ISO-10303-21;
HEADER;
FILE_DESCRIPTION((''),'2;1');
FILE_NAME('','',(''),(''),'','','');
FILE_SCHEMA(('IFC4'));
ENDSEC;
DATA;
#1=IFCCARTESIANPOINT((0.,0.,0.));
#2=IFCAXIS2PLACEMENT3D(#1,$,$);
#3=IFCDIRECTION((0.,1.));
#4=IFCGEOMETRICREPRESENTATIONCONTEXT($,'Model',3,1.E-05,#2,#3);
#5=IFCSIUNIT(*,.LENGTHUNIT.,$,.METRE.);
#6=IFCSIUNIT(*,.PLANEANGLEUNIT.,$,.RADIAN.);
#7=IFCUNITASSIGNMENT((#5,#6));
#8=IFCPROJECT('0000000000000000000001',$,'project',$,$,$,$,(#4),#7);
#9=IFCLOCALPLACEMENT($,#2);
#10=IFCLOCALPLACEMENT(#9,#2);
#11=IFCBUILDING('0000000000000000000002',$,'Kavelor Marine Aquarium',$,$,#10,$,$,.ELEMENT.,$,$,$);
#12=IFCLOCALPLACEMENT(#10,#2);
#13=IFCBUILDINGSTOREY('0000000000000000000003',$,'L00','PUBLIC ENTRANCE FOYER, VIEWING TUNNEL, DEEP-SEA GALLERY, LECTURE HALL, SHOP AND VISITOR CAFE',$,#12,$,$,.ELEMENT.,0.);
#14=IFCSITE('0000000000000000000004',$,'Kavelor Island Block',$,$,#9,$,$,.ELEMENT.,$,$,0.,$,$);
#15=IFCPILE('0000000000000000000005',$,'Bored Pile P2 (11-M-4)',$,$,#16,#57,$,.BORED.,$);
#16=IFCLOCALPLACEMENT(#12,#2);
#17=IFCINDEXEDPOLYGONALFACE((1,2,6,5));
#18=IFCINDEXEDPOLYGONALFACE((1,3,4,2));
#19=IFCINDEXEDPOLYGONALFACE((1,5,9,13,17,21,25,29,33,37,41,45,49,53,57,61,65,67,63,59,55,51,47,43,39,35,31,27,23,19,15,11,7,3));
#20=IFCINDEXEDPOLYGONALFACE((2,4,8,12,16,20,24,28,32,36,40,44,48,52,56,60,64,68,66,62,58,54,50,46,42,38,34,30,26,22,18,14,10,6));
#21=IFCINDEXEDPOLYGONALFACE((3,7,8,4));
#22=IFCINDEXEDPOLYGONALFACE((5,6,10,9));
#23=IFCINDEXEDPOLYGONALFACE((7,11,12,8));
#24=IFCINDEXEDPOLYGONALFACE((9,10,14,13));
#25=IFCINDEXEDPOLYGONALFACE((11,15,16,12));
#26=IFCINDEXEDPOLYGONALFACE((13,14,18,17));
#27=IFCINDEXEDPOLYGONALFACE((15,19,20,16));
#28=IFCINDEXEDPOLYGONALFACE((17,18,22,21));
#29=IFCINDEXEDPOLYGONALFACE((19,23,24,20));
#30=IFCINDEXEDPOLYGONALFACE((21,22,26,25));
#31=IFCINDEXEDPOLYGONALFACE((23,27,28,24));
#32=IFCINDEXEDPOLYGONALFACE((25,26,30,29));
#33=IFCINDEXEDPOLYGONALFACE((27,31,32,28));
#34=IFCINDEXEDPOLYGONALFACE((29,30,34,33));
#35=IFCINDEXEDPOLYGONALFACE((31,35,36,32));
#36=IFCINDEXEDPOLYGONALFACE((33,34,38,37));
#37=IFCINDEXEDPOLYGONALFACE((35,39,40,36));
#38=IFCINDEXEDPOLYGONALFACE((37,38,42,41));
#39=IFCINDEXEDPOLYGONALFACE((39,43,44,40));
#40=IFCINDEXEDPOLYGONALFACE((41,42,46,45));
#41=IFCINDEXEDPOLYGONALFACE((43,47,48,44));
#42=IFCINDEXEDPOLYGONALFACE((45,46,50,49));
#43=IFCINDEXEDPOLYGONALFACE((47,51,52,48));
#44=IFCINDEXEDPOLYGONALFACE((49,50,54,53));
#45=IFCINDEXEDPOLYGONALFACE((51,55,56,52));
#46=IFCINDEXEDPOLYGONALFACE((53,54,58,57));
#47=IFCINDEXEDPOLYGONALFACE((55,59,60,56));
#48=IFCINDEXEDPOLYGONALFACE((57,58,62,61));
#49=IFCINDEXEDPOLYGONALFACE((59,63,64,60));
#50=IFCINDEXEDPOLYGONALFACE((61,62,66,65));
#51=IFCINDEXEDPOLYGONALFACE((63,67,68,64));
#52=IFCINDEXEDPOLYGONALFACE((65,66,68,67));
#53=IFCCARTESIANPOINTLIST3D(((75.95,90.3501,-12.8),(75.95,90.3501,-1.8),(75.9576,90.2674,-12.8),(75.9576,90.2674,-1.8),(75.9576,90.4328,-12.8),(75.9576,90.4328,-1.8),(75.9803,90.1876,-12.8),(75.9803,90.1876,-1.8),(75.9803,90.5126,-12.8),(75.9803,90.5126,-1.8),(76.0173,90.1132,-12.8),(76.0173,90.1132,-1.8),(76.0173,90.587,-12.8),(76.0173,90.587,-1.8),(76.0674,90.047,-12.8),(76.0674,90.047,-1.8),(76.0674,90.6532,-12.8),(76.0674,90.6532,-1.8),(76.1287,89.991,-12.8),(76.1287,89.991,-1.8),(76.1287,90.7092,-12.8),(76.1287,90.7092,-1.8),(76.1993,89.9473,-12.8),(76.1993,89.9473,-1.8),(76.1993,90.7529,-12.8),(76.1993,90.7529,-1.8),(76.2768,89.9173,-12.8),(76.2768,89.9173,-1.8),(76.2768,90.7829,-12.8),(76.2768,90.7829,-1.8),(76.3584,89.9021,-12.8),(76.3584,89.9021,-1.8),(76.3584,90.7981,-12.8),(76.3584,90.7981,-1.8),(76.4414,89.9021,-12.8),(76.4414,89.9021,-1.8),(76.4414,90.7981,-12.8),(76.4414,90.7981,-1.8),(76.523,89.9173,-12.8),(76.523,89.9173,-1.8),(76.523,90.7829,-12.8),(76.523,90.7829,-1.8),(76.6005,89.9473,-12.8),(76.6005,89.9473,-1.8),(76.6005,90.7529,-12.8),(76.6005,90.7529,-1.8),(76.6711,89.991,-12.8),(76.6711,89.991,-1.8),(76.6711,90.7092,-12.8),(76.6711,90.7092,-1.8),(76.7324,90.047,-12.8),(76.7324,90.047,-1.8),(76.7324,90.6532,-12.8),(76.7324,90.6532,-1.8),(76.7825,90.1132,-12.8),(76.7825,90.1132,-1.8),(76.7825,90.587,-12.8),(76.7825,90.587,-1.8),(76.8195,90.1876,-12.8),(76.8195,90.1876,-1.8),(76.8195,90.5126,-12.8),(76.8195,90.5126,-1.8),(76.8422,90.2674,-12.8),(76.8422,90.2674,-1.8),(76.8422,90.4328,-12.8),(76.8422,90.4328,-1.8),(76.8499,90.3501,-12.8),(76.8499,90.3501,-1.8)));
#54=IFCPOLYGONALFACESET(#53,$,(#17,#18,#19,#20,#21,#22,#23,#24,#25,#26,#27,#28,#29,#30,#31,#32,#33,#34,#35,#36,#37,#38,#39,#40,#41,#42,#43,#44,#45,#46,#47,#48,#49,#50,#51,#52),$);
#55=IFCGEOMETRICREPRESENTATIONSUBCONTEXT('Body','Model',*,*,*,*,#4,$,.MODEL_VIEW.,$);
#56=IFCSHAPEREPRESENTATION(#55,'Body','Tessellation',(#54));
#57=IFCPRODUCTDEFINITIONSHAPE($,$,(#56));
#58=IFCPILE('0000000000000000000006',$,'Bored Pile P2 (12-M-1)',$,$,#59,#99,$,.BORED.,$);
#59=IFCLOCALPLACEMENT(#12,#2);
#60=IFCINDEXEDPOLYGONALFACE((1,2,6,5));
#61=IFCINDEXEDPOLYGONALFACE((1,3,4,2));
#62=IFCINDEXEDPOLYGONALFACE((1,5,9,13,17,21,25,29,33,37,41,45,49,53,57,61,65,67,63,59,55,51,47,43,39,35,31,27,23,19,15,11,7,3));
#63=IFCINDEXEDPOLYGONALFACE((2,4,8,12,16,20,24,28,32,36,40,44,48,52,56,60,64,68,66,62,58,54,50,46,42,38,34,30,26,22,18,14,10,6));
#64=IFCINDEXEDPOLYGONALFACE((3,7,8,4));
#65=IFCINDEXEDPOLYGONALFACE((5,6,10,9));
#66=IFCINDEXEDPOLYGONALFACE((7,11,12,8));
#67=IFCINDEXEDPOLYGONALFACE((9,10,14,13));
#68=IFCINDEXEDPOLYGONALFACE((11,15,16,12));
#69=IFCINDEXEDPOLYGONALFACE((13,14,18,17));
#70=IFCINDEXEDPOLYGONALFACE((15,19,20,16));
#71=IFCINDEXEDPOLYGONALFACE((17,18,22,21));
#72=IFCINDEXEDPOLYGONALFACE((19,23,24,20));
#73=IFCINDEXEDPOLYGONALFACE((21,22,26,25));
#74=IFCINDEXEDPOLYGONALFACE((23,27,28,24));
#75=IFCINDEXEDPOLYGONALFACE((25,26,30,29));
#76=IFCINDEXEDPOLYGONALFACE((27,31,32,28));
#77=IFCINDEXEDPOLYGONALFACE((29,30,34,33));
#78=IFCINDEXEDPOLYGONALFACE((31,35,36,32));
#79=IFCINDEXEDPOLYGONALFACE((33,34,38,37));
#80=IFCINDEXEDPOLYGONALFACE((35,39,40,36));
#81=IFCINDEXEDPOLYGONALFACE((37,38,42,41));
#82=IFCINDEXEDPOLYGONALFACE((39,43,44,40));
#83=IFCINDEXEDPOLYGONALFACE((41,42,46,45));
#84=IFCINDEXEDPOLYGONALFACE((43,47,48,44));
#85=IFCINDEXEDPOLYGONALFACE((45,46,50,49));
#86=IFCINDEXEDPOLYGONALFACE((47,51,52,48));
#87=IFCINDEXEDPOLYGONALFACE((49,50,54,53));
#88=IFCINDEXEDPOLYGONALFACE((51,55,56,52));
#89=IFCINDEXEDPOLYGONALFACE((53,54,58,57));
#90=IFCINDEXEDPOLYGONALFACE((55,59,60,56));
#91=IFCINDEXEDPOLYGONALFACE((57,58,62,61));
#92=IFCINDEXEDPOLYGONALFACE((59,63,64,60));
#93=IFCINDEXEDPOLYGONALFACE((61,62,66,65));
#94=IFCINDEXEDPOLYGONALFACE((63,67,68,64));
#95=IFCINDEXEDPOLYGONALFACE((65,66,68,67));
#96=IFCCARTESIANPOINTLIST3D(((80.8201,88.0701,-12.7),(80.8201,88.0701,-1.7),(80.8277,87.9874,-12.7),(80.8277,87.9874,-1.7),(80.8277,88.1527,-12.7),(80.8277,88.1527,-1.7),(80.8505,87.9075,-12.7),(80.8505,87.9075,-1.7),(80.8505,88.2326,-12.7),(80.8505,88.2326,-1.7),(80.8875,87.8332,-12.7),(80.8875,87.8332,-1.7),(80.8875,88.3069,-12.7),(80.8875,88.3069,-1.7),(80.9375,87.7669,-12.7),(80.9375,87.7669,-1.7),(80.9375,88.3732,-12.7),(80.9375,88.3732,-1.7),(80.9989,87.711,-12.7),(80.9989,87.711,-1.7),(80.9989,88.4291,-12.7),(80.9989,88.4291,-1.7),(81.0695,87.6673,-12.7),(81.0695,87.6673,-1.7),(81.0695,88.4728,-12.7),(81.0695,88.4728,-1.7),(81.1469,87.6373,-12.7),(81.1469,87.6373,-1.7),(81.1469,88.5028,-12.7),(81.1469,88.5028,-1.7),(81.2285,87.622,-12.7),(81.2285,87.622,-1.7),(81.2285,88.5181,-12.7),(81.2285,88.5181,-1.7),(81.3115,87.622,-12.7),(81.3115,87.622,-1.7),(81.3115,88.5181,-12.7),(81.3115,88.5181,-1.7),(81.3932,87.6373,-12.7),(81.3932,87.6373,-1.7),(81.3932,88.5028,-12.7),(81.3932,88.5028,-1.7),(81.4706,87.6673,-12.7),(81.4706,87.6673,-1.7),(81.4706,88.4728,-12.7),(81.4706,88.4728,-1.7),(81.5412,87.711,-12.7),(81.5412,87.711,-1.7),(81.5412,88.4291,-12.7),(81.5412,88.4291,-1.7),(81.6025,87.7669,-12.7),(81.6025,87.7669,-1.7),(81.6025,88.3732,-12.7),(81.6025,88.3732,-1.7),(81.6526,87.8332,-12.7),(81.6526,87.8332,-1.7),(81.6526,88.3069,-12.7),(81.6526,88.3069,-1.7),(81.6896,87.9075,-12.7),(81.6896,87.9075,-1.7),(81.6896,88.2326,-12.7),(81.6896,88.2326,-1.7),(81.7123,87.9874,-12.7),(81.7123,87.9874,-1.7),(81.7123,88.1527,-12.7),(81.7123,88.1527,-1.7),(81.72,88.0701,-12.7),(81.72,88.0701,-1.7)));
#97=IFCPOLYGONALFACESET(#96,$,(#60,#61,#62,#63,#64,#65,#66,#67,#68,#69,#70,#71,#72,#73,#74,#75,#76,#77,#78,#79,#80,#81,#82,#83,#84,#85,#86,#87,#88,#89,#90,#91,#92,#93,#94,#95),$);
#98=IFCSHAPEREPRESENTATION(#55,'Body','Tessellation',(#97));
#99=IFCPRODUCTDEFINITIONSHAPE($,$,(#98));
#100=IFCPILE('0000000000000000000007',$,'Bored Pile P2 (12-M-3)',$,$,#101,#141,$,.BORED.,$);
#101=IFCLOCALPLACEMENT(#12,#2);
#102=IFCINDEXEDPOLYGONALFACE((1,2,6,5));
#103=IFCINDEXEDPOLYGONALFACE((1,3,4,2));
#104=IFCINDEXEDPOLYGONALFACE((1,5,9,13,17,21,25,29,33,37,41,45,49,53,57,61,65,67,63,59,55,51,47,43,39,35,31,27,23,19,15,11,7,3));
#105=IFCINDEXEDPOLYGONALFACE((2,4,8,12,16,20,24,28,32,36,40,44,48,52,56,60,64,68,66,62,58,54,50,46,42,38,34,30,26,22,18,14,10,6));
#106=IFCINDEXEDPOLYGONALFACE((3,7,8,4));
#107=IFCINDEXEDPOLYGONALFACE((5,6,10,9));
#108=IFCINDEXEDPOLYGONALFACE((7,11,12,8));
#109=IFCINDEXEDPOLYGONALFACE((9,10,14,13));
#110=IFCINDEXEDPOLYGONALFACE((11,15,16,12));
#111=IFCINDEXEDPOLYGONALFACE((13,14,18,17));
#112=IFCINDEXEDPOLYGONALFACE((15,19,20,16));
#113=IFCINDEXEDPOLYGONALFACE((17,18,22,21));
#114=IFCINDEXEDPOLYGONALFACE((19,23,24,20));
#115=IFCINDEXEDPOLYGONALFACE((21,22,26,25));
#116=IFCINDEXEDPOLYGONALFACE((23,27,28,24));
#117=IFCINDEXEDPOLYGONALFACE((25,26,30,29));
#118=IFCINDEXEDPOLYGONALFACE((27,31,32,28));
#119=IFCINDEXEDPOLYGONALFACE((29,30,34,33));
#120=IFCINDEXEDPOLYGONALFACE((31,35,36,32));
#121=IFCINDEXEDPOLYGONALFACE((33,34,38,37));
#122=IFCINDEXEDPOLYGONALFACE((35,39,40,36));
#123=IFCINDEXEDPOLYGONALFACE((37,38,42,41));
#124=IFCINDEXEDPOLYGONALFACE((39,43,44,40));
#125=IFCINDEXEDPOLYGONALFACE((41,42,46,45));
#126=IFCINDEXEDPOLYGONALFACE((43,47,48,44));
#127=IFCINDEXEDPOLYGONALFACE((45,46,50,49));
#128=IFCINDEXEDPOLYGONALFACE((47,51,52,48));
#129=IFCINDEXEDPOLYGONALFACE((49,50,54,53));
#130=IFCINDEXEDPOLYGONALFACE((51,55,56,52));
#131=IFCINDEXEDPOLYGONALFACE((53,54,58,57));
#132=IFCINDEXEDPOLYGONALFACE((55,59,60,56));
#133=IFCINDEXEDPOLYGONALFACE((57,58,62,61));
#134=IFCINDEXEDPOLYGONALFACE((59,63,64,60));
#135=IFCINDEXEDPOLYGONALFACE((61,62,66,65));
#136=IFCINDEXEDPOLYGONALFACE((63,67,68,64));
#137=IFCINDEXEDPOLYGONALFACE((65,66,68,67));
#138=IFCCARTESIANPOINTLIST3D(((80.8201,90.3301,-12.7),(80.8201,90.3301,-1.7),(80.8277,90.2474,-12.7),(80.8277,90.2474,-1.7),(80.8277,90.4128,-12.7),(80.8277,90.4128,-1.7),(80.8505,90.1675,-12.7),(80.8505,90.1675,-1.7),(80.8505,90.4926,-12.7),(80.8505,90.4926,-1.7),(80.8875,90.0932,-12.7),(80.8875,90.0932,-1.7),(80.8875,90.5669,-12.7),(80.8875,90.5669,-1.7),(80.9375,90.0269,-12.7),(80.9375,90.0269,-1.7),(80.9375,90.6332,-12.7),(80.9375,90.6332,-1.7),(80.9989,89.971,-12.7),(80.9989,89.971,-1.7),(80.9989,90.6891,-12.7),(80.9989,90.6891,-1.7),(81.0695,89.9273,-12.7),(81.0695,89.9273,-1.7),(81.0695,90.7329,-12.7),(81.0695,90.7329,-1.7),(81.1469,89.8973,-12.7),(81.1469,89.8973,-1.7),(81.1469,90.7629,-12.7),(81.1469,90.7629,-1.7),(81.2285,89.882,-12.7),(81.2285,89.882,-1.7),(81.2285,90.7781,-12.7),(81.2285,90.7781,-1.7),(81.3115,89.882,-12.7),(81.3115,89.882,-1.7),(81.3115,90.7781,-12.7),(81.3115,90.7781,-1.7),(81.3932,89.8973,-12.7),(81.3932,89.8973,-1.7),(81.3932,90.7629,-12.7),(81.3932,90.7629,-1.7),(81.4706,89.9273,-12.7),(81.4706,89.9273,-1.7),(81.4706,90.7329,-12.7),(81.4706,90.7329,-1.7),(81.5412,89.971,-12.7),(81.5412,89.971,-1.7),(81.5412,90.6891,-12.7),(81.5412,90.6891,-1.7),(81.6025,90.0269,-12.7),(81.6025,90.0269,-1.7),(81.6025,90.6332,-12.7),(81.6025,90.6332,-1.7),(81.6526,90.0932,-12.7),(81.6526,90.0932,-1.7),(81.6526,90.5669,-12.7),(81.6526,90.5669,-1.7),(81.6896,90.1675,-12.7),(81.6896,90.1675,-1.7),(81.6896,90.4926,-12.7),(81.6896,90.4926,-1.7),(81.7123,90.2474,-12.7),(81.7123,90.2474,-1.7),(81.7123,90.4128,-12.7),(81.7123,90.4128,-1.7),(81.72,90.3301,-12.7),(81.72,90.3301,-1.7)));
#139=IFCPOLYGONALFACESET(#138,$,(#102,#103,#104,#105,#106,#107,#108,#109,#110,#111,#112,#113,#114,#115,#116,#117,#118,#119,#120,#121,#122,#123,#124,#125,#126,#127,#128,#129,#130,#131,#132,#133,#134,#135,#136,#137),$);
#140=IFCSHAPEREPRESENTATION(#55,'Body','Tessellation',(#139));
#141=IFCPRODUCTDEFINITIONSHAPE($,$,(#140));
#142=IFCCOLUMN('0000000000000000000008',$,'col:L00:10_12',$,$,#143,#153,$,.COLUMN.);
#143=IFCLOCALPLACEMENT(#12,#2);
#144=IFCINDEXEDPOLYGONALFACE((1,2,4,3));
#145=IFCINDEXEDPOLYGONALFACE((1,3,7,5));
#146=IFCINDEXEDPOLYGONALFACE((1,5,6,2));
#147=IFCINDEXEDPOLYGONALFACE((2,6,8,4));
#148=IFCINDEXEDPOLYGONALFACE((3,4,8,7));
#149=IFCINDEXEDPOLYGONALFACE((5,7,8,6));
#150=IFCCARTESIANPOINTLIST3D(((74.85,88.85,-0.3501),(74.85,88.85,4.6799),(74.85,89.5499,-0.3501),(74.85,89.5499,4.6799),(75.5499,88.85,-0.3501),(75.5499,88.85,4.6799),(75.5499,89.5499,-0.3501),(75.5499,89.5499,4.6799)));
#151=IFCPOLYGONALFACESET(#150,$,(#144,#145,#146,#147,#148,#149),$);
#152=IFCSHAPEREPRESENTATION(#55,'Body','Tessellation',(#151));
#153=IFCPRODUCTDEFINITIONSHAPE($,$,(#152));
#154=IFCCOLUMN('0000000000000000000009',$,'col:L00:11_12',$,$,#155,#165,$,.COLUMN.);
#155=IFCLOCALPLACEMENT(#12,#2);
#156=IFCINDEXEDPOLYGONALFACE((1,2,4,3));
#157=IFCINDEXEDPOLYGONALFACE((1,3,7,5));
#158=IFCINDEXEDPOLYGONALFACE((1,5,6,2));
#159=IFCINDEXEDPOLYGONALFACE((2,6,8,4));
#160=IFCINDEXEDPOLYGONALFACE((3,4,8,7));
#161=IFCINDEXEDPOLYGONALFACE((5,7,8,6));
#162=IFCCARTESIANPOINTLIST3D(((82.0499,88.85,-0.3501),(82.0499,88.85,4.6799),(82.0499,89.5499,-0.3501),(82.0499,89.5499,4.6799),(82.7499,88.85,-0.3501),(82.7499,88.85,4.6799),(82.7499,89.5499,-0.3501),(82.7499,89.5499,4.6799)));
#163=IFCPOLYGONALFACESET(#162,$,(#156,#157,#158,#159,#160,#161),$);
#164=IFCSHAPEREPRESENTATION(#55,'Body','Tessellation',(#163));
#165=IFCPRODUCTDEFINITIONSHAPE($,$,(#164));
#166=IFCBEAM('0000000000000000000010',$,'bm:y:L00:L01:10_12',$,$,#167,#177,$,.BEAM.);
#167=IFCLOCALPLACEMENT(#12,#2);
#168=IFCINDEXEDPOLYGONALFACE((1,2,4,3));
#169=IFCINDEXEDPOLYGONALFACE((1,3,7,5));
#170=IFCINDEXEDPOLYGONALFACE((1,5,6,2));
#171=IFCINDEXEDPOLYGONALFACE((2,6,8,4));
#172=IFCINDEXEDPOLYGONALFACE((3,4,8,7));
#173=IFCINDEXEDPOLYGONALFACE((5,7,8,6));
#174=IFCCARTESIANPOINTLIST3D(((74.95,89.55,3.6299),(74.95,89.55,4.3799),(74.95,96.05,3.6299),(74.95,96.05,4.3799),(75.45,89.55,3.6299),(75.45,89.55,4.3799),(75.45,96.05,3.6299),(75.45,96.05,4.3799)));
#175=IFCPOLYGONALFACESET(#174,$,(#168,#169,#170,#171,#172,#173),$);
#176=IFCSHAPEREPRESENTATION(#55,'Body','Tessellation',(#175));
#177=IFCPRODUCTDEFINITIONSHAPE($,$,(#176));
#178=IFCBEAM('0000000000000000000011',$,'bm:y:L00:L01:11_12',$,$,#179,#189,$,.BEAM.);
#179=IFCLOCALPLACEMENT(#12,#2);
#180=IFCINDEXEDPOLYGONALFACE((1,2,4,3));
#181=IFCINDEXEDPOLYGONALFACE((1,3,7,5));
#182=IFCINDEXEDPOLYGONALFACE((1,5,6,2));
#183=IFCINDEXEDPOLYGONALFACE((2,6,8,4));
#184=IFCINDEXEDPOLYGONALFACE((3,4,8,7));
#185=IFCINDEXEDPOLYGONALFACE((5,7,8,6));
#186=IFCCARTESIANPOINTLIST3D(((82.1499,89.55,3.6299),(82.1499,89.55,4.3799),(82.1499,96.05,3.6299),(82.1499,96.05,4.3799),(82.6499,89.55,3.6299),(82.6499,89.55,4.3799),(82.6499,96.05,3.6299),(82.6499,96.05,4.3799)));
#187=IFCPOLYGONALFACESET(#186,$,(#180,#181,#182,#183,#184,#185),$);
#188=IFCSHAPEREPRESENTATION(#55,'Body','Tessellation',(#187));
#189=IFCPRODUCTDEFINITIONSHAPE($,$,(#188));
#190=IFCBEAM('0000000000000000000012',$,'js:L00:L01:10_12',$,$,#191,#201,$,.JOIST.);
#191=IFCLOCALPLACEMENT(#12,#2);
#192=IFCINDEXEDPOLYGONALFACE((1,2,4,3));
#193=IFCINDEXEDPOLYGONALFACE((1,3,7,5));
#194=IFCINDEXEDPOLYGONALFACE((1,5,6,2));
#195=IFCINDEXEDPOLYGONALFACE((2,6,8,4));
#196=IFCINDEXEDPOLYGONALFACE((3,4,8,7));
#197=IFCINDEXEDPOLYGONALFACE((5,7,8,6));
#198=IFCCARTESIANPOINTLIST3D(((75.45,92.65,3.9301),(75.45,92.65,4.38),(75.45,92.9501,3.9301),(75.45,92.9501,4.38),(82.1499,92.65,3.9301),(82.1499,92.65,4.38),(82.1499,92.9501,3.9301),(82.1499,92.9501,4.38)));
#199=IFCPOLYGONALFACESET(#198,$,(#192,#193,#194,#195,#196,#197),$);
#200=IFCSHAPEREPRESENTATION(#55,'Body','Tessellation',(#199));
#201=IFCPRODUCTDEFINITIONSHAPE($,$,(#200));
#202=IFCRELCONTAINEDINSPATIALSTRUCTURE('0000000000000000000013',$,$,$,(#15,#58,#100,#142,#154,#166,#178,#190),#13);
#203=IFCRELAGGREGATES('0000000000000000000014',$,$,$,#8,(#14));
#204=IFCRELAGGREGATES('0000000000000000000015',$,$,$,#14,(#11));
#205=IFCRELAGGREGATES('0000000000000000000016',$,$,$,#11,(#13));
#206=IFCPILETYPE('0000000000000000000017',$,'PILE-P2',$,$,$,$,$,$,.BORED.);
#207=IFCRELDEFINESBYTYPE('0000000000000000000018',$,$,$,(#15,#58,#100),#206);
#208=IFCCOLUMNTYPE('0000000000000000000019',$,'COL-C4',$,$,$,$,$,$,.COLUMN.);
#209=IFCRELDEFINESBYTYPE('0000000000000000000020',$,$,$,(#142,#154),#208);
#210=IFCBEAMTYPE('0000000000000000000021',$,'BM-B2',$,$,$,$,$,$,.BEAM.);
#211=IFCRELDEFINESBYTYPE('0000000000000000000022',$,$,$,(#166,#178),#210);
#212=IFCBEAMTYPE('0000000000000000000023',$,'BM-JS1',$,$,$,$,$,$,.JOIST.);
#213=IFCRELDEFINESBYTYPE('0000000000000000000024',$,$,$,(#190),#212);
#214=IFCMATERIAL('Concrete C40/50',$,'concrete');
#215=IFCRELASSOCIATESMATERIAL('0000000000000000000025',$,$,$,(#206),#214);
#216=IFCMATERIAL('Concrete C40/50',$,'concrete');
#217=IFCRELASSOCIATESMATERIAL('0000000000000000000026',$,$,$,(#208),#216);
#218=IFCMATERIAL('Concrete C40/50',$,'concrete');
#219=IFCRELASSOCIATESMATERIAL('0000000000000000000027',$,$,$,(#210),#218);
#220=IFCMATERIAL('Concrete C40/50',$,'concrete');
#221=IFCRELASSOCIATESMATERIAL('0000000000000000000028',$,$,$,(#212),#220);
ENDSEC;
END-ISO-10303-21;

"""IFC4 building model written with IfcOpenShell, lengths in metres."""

from ifc_helpers import new_model, si_unit, direction, frame, origin, origin_2d, place, context, subcontext, project, spatial, rectangle, circle, extrude, material, material_profile, profile_set, type_object, element, save


model = new_model("IFC4")

# Units and contexts
model_context = context("Model", 3, precision=1e-05, world=origin(), true_north=direction((0.0, 1.0)))
body_context = subcontext(model_context, "Body", "Model", "MODEL_VIEW")
ifc_project = project(units=[si_unit("LENGTHUNIT", "METRE"), si_unit("PLANEANGLEUNIT", "RADIAN")], contexts=[model_context])

# Site, building, storey
site_placement = place(None, origin())
site = spatial("IfcSite", under=ifc_project, at=site_placement, Name="Kavelor Island Block", CompositionType="ELEMENT", RefElevation=0.0)
building_placement = place(site_placement, origin())
building = spatial("IfcBuilding", under=site, at=building_placement, Name="Kavelor Marine Aquarium", CompositionType="ELEMENT")
storey_placement = place(building_placement, origin())
storey = spatial("IfcBuildingStorey", under=building, at=storey_placement, Name="L00", Description="PUBLIC ENTRANCE FOYER, VIEWING TUNNEL, DEEP-SEA GALLERY, LECTURE HALL, SHOP AND VISITOR CAFE", CompositionType="ELEMENT", Elevation=0.0)

# Piles
ifc_material_1 = material(Name="Concrete C40/50", Category="concrete")
ifc_material_profile_1 = material_profile(ifc_material_1, circle(Radius=0.45, at=origin_2d()), Name="PILE D900")
ifc_profile_set_1 = profile_set([ifc_material_profile_1], Name="Concrete C40/50")
pile_type = type_object("IfcPileType", Name="PILE-P2", PredefinedType="BORED", material=ifc_profile_set_1)
for number, where, z_axis, x_axis, name in (
    (1, (76.3999, 90.3501, -1.8), (0.0, 0.0, -1.0), (1.0, 0.0, 0.0), "Bored Pile P2 (11-M-4)"),
    (2, (81.27, 88.0701, -1.7), (0.0, 0.0, -1.0), (1.0, 0.0, 0.0), "Bored Pile P2 (12-M-1)"),
    (3, (81.27, 90.3301, -1.7), (0.0, 0.0, -1.0), (1.0, 0.0, 0.0), "Bored Pile P2 (12-M-3)"),
):
    element("IfcPile", number, at=place(storey_placement, frame(where, z_axis=z_axis, x_axis=x_axis)), inside=storey, type_object=pile_type, Name=name, PredefinedType="BORED", context=body_context, shape_type="SweptSolid", body=[
        extrude(circle(Radius=0.45, at=origin_2d()), origin(), (0.0, 0.0, 1.0), 11.0),
    ])

# Columns
ifc_material_2 = material(Name="Concrete C40/50", Category="concrete")
ifc_material_profile_2 = material_profile(ifc_material_2, rectangle(XDim=0.7, YDim=0.7, at=origin_2d()), Name="RC-COL 700x700")
ifc_profile_set_2 = profile_set([ifc_material_profile_2], Name="Concrete C40/50")
column_type = type_object("IfcColumnType", Name="COL-C4", PredefinedType="COLUMN", material=ifc_profile_set_2)
for number, where, z_axis, x_axis, name in (
    (4, (75.2, 89.2, -0.3501), (0.0, 0.0, 1.0), (1.0, 0.0, 0.0), "col:L00:10_12"),
    (5, (82.3999, 89.2, -0.3501), (0.0, 0.0, 1.0), (1.0, 0.0, 0.0), "col:L00:11_12"),
):
    element("IfcColumn", number, at=place(storey_placement, frame(where, z_axis=z_axis, x_axis=x_axis)), inside=storey, type_object=column_type, Name=name, PredefinedType="COLUMN", context=body_context, shape_type="SweptSolid", body=[
        extrude(rectangle(XDim=0.7, YDim=0.7, at=origin_2d()), origin(), (0.0, 0.0, 1.0), 5.03),
    ])

# Beams
ifc_material_3 = material(Name="Concrete C40/50", Category="concrete")
ifc_material_profile_3 = material_profile(ifc_material_3, rectangle(XDim=0.5, YDim=0.75, at=origin_2d()), Name="RC-BM 500x750")
ifc_profile_set_3 = profile_set([ifc_material_profile_3], Name="Concrete C40/50")
beam_type_1 = type_object("IfcBeamType", Name="BM-B2", PredefinedType="BEAM", material=ifc_profile_set_3)
for number, where, z_axis, x_axis, name in (
    (6, (75.2, 89.55, 4.0049), (0.0, 1.0, 0.0), (-1.0, 0.0, 0.0), "bm:y:L00:L01:10_12"),
    (7, (82.3999, 89.55, 4.0049), (0.0, 1.0, 0.0), (-1.0, 0.0, 0.0), "bm:y:L00:L01:11_12"),
):
    element("IfcBeam", number, at=place(storey_placement, frame(where, z_axis=z_axis, x_axis=x_axis)), inside=storey, type_object=beam_type_1, Name=name, PredefinedType="BEAM", context=body_context, shape_type="SweptSolid", body=[
        extrude(rectangle(XDim=0.5, YDim=0.75, at=origin_2d()), origin(), (0.0, 0.0, 1.0), 6.5),
    ])
ifc_material_4 = material(Name="Concrete C40/50", Category="concrete")
ifc_material_profile_4 = material_profile(ifc_material_4, rectangle(XDim=0.3, YDim=0.45, at=origin_2d()), Name="RC-JS 300x450")
ifc_profile_set_4 = profile_set([ifc_material_profile_4], Name="Concrete C40/50")
beam_type_2 = type_object("IfcBeamType", Name="BM-JS1", PredefinedType="JOIST", material=ifc_profile_set_4)
beam_1_placement = place(storey_placement, frame((75.45, 92.8, 4.155), z_axis=(1.0, 0.0, 0.0), x_axis=(0.0, 1.0, 0.0)))
element("IfcBeam", 8, at=beam_1_placement, inside=storey, type_object=beam_type_2, Name="js:L00:L01:10_12", PredefinedType="JOIST", context=body_context, shape_type="SweptSolid", body=[
    extrude(rectangle(XDim=0.3, YDim=0.45, at=origin_2d()), origin(), (0.0, 0.0, 1.0), 6.7),
])

save(model, "model.ifc")
